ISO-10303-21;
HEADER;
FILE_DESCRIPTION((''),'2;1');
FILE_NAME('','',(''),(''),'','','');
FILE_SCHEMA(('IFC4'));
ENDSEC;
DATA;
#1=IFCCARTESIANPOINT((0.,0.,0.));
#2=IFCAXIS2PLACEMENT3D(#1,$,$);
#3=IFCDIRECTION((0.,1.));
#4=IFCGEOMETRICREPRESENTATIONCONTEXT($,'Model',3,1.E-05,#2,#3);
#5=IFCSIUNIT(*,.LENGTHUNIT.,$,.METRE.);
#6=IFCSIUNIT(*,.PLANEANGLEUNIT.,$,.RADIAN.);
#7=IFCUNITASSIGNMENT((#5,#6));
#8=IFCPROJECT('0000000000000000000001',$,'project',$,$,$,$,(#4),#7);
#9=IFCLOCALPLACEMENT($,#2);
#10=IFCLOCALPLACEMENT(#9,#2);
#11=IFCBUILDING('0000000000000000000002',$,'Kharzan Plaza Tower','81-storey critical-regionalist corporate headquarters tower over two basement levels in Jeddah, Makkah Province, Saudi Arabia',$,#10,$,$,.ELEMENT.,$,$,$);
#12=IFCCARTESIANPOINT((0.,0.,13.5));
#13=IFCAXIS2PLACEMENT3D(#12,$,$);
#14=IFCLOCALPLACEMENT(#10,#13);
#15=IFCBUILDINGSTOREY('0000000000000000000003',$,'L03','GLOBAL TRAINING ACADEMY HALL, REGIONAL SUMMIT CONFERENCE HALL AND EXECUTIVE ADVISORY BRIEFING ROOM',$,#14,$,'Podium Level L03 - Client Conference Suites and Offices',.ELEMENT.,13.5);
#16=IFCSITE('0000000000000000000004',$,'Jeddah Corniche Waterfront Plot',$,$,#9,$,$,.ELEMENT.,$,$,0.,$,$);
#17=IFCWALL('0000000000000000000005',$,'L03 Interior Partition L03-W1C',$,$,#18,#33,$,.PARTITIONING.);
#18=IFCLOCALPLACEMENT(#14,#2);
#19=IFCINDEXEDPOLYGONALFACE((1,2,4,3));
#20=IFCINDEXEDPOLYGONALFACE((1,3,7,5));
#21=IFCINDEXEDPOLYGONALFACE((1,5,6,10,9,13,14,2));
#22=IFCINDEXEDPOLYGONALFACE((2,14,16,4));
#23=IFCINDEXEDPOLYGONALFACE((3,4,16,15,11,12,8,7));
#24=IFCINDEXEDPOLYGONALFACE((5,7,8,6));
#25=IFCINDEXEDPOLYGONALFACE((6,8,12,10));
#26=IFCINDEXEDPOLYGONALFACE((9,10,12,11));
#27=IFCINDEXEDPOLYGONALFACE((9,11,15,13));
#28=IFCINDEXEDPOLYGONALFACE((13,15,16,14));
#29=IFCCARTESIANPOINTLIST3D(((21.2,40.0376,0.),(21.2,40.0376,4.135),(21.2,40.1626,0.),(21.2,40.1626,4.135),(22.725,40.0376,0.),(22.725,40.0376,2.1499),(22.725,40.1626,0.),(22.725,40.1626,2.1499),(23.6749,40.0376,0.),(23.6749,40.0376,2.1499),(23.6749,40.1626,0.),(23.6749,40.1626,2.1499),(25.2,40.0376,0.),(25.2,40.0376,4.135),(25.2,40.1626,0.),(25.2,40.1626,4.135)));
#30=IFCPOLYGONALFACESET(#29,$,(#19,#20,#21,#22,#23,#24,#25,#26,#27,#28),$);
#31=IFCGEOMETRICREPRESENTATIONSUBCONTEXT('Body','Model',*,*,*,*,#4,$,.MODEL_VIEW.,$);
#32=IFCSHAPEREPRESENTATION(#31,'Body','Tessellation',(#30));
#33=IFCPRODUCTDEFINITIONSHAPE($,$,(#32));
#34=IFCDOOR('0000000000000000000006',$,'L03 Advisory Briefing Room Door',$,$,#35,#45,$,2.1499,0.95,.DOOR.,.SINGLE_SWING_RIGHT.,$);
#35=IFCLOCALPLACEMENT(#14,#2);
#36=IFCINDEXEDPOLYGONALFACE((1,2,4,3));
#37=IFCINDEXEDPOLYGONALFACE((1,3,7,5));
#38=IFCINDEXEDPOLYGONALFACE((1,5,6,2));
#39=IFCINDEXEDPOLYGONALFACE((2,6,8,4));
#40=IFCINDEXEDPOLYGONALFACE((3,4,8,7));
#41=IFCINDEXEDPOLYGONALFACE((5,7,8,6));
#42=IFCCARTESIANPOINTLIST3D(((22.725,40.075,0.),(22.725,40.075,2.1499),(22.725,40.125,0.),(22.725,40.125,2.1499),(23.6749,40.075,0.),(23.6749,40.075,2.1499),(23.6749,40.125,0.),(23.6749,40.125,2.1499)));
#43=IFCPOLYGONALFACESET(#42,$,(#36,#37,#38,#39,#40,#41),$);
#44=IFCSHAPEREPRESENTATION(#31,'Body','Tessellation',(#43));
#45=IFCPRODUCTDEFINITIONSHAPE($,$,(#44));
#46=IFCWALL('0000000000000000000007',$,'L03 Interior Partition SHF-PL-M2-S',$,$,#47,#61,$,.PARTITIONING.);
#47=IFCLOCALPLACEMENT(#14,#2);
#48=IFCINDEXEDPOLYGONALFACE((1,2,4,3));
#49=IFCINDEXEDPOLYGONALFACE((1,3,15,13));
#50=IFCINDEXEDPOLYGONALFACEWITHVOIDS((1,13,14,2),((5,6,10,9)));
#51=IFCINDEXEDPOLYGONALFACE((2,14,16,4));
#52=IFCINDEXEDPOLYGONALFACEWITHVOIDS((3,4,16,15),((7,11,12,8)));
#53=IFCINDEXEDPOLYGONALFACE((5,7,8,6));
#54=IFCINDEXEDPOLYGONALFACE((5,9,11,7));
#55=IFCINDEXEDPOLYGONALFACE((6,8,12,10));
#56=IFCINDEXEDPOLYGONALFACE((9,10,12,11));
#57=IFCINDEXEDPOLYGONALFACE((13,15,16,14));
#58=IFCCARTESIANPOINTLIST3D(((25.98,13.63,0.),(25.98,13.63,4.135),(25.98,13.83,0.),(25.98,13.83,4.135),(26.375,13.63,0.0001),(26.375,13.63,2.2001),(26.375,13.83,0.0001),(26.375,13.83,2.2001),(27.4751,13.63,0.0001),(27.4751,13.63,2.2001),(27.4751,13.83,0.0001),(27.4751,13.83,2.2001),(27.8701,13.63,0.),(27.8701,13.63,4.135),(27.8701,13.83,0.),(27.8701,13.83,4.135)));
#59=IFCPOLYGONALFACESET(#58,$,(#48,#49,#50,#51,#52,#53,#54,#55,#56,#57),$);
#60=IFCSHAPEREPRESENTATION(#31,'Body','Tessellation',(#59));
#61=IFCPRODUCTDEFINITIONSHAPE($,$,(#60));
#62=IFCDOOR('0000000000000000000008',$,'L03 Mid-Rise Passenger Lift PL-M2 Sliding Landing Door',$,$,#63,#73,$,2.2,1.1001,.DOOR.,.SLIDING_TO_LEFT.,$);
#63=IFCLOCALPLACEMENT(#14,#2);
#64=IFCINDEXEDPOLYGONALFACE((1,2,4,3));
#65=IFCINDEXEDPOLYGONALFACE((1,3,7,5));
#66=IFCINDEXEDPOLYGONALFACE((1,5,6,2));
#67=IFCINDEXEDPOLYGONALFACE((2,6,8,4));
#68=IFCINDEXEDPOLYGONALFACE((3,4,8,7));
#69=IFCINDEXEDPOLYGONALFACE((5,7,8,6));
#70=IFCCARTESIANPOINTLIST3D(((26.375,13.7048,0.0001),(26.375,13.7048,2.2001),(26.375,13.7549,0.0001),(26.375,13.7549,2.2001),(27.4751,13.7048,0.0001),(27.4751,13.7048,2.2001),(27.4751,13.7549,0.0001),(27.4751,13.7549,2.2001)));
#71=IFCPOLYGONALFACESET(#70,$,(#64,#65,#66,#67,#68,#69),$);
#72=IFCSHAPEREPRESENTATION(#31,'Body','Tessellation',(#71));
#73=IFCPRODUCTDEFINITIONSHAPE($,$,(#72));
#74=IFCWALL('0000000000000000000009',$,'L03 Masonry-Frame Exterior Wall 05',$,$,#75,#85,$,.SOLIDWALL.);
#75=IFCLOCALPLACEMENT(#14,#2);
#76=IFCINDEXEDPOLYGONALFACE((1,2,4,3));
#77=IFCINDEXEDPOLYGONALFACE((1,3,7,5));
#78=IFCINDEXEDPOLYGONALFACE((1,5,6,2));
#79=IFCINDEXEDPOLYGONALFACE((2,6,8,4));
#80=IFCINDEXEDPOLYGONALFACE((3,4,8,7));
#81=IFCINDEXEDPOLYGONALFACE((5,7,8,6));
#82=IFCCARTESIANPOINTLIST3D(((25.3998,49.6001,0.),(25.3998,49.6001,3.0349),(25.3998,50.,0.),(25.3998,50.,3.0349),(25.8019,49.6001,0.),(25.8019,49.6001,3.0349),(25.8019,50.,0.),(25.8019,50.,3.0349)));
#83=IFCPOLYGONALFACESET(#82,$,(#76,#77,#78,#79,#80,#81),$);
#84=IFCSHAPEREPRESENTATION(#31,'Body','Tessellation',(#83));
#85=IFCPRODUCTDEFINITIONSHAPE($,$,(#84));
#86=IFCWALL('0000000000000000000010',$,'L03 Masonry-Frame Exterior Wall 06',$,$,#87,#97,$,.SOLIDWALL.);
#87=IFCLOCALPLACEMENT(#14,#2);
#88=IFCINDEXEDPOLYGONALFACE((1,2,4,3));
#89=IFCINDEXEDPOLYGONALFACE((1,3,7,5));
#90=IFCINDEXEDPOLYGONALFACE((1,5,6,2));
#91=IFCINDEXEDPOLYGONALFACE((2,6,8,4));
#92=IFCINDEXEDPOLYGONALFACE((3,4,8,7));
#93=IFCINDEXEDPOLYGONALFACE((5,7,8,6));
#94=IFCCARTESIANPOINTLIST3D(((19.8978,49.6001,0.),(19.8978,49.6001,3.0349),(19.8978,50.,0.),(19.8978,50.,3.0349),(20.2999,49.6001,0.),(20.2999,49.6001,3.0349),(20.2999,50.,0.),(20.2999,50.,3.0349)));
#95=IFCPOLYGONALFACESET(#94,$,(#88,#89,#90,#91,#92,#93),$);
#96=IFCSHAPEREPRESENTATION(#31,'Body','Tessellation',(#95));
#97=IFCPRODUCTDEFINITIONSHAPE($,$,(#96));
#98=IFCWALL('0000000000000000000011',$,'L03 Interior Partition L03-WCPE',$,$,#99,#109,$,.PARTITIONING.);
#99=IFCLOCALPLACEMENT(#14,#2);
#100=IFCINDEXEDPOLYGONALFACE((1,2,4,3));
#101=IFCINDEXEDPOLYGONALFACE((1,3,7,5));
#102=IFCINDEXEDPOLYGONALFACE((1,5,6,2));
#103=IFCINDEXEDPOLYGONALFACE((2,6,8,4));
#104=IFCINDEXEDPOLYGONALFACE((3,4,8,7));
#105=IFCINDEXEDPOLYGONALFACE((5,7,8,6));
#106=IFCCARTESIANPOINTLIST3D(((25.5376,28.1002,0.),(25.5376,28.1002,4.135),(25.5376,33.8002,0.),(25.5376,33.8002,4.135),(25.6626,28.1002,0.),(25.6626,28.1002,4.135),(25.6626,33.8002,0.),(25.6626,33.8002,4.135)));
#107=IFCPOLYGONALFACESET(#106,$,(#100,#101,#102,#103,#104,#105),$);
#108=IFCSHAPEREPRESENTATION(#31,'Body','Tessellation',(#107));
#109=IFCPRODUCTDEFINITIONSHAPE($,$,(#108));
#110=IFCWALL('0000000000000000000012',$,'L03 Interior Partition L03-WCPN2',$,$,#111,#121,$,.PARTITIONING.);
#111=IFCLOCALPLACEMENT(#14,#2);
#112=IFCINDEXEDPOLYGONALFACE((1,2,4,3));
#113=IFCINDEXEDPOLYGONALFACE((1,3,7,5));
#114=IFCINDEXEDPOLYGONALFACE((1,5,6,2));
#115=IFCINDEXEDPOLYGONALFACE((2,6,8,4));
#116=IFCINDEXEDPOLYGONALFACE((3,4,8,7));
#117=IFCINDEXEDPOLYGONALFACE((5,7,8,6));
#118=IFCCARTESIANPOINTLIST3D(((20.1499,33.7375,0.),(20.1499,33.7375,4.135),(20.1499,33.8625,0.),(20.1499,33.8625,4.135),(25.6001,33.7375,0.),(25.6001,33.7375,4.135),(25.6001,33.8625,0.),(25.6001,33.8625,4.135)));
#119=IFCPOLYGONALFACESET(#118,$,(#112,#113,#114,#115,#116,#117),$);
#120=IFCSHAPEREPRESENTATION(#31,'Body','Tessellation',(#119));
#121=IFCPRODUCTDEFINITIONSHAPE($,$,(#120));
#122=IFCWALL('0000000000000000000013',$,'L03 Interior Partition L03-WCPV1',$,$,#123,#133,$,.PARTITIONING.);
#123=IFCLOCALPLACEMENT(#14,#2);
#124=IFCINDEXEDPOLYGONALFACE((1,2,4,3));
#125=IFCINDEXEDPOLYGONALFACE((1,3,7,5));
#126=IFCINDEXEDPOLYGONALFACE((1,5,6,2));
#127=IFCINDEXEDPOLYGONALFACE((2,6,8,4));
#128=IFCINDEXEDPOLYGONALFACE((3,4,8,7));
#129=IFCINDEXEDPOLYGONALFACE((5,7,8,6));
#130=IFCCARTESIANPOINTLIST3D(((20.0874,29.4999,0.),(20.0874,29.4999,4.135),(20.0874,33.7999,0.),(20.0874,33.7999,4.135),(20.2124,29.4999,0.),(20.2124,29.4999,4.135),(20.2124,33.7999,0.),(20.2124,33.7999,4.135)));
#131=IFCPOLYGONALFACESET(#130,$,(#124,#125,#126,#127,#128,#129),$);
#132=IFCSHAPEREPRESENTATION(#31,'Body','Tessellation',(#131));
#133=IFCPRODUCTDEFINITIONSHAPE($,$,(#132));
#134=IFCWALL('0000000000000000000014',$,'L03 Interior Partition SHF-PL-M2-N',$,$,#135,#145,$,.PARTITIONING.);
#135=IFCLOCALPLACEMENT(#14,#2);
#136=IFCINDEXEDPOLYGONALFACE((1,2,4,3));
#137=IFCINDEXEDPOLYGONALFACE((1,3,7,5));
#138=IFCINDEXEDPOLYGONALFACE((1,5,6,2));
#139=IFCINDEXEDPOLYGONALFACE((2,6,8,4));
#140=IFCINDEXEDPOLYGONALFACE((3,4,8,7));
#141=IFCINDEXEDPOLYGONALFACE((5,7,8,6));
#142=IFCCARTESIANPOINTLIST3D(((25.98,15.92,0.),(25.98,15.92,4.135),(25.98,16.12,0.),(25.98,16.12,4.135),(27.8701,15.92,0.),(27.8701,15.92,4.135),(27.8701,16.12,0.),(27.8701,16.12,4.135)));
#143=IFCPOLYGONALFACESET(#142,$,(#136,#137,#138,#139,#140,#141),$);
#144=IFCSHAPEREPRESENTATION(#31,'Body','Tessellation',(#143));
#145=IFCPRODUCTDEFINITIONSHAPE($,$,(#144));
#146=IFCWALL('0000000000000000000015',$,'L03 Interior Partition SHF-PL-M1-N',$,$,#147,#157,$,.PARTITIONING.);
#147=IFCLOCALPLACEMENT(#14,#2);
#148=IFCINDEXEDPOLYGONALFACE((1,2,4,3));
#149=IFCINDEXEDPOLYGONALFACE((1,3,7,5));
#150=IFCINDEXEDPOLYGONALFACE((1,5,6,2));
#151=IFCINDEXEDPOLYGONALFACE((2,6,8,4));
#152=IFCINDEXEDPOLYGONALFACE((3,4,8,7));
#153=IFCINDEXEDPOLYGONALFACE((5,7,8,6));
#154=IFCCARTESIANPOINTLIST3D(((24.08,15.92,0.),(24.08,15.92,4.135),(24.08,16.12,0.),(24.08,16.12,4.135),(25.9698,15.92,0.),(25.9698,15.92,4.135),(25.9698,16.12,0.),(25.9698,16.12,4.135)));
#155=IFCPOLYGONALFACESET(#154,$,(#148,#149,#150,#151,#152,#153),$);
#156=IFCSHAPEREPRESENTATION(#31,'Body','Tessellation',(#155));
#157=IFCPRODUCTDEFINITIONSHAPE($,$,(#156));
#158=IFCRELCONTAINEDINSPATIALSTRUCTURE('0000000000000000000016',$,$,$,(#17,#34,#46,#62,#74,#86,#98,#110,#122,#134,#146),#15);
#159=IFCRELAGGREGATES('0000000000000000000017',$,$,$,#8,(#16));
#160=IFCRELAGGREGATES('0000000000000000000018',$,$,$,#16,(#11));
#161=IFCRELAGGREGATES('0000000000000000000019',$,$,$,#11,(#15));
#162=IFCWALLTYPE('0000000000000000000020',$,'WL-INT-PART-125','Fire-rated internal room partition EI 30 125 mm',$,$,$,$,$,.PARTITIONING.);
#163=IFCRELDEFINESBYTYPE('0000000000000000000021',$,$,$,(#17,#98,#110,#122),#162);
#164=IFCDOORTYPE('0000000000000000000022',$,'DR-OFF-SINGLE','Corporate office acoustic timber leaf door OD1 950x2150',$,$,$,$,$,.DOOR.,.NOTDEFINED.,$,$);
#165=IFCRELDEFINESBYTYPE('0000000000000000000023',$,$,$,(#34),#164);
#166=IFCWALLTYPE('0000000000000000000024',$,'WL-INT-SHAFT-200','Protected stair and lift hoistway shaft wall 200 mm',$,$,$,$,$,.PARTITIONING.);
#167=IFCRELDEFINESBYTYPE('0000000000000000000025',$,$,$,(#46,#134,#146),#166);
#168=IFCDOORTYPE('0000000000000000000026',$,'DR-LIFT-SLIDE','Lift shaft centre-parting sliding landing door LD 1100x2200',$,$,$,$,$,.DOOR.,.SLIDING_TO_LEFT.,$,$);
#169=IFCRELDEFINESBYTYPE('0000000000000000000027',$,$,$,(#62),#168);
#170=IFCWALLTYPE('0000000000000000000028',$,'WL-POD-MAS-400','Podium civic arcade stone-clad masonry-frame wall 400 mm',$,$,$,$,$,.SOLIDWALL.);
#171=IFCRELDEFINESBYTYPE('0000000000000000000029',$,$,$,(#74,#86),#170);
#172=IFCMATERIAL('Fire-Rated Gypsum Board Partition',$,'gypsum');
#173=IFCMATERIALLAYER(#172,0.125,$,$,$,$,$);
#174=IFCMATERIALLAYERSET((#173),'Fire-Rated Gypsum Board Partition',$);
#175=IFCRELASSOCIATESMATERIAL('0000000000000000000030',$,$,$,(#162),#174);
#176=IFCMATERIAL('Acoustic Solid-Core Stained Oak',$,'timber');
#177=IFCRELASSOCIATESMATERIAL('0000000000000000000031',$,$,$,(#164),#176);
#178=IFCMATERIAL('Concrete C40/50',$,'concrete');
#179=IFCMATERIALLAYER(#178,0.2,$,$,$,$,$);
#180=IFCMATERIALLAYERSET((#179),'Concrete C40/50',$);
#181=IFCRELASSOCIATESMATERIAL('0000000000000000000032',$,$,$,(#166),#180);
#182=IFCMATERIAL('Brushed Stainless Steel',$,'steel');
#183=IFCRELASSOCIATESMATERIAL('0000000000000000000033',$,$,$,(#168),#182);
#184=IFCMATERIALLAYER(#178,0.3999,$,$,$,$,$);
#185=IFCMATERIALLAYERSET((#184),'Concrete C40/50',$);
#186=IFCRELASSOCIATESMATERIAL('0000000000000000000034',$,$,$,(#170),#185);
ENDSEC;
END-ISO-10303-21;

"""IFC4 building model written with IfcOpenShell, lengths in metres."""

from ifc_helpers import new_model, si_unit, direction, frame, frame_2d, origin, place, context, subcontext, project, spatial, rectangle, extrude, source, transform, mapped, material, layer, layer_set, type_object, element, fill, save


model = new_model("IFC4")

# Units and contexts
model_context = context("Model", 3, precision=1e-05, world=origin(), true_north=direction((0.0, 1.0)))
body_context = subcontext(model_context, "Body", "Model", "MODEL_VIEW")
ifc_project = project(units=[si_unit("LENGTHUNIT", "METRE"), si_unit("PLANEANGLEUNIT", "RADIAN")], contexts=[model_context])

# Site, building, storey
site_placement = place(None, origin())
site = spatial("IfcSite", under=ifc_project, at=site_placement, Name="Jeddah Corniche Waterfront Plot", CompositionType="ELEMENT", RefElevation=0.0)
building_placement = place(site_placement, origin())
building = spatial("IfcBuilding", under=site, at=building_placement, Name="Kharzan Plaza Tower", Description="81-storey critical-regionalist corporate headquarters tower over two basement levels in Jeddah, Makkah Province, Saudi Arabia", CompositionType="ELEMENT")
storey_placement = place(building_placement, frame((0.0, 0.0, 13.5)))
storey = spatial("IfcBuildingStorey", under=building, at=storey_placement, Name="L03", Description="GLOBAL TRAINING ACADEMY HALL, REGIONAL SUMMIT CONFERENCE HALL AND EXECUTIVE ADVISORY BRIEFING ROOM", LongName="Podium Level L03 - Client Conference Suites and Offices", CompositionType="ELEMENT", Elevation=13.5)

# Walls, openings, doors
ifc_material_1 = material(Name="Fire-Rated Gypsum Board Partition", Category="gypsum")
ifc_layer_1 = layer(ifc_material_1, 0.125)
ifc_layer_set_1 = layer_set([ifc_layer_1], Name="Fire-Rated Gypsum Board Partition")
wall_type_1 = type_object("IfcWallType", Name="WL-INT-PART-125", Description="Fire-rated internal room partition EI 30 125 mm", PredefinedType="PARTITIONING", material=ifc_layer_set_1)
wall_1_placement = place(storey_placement, frame((21.2, 40.1001, 0.0), z_axis=(0.0, 0.0, 1.0), x_axis=(1.0, 0.0, 0.0)))
wall_1 = element("IfcWall", 1, at=wall_1_placement, inside=storey, type_object=wall_type_1, Name="L03 Interior Partition L03-W1C", PredefinedType="PARTITIONING", context=body_context, shape_type="SweptSolid", body=[
    extrude(rectangle(XDim=4.0, YDim=0.125, at=frame_2d((2.0, 0.0))), origin(), (0.0, 0.0, 1.0), 4.135),
])
opening_1_placement = place(wall_1_placement, frame((1.5249, 0.0, 0.0)))
opening_1 = element("IfcOpeningElement", 2, at=opening_1_placement, cuts=wall_1, PredefinedType="OPENING", context=body_context, shape_type="SweptSolid", body=[
    extrude(rectangle(XDim=0.95, YDim=2.1499, at=frame_2d((0.4751, 1.075))), frame((0.0, 0.0725, 0.0), z_axis=(0.0, -1.0, 0.0), x_axis=(1.0, 0.0, 0.0)), (0.0, 0.0, 1.0), 0.145),
])
ifc_material_2 = material(Name="Acoustic Solid-Core Stained Oak", Category="timber")
door_type_1 = type_object("IfcDoorType", Name="DR-OFF-SINGLE", Description="Corporate office acoustic timber leaf door OD1 950x2150", OperationType="NOTDEFINED", PredefinedType="DOOR", material=ifc_material_2)
shared_shape_1 = source(origin(), body_context, "Body", "SweptSolid", [
    extrude(rectangle(XDim=0.95, YDim=2.1499, at=frame_2d((0.4751, 1.075))), frame((0.0, 0.0249, 0.0), z_axis=(0.0, -1.0, 0.0), x_axis=(1.0, 0.0, 0.0)), (0.0, 0.0, 1.0), 0.05),
])
door_1_placement = place(opening_1_placement, origin())
door_1 = element("IfcDoor", 3, at=door_1_placement, inside=storey, type_object=door_type_1, Name="L03 Advisory Briefing Room Door", OperationType="SINGLE_SWING_RIGHT", OverallHeight=2.1499, OverallWidth=0.95, PredefinedType="DOOR", context=body_context, shape_type="MappedRepresentation", body=[
    mapped(shared_shape_1, transform((0.0, 0.0, 0.0), x_axis=(1.0, 0.0, 0.0), y_axis=(0.0, 1.0, 0.0), z_axis=(0.0, 0.0, 1.0))),
])
fill(opening_1, door_1)
ifc_material_3 = material(Name="Concrete C40/50", Category="concrete")
ifc_layer_2 = layer(ifc_material_3, 0.2)
ifc_layer_set_2 = layer_set([ifc_layer_2], Name="Concrete C40/50")
wall_type_2 = type_object("IfcWallType", Name="WL-INT-SHAFT-200", Description="Protected stair and lift hoistway shaft wall 200 mm", PredefinedType="PARTITIONING", material=ifc_layer_set_2)
wall_2_placement = place(storey_placement, frame((25.98, 13.73, 0.0), z_axis=(0.0, 0.0, 1.0), x_axis=(1.0, 0.0, 0.0)))
wall_2 = element("IfcWall", 4, at=wall_2_placement, inside=storey, type_object=wall_type_2, Name="L03 Interior Partition SHF-PL-M2-S", PredefinedType="PARTITIONING", context=body_context, shape_type="SweptSolid", body=[
    extrude(rectangle(XDim=1.8901, YDim=0.2, at=frame_2d((0.9451, 0.0))), origin(), (0.0, 0.0, 1.0), 4.135),
])
opening_2_placement = place(wall_2_placement, frame((0.395, 0.0, 0.0)))
opening_2 = element("IfcOpeningElement", 5, at=opening_2_placement, cuts=wall_2, PredefinedType="OPENING", context=body_context, shape_type="SweptSolid", body=[
    extrude(rectangle(XDim=1.1001, YDim=2.2, at=frame_2d((0.55, 1.1001))), frame((0.0, 0.1099, 0.0), z_axis=(0.0, -1.0, 0.0), x_axis=(1.0, 0.0, 0.0)), (0.0, 0.0, 1.0), 0.22),
])
ifc_material_4 = material(Name="Brushed Stainless Steel", Category="steel")
door_type_2 = type_object("IfcDoorType", Name="DR-LIFT-SLIDE", Description="Lift shaft centre-parting sliding landing door LD 1100x2200", OperationType="SLIDING_TO_LEFT", PredefinedType="DOOR", material=ifc_material_4)
shared_shape_2 = source(origin(), body_context, "Body", "SweptSolid", [
    extrude(rectangle(XDim=1.1001, YDim=2.2, at=frame_2d((0.55, 1.1001))), frame((0.0, 0.0249, 0.0), z_axis=(0.0, -1.0, 0.0), x_axis=(1.0, 0.0, 0.0)), (0.0, 0.0, 1.0), 0.05),
])
door_2_placement = place(opening_2_placement, origin())
door_2 = element("IfcDoor", 6, at=door_2_placement, inside=storey, type_object=door_type_2, Name="L03 Mid-Rise Passenger Lift PL-M2 Sliding Landing Door", OperationType="SLIDING_TO_LEFT", OverallHeight=2.2, OverallWidth=1.1001, PredefinedType="DOOR", context=body_context, shape_type="MappedRepresentation", body=[
    mapped(shared_shape_2, transform((0.0, 0.0, 0.0), x_axis=(1.0, 0.0, 0.0), y_axis=(0.0, 1.0, 0.0), z_axis=(0.0, 0.0, 1.0))),
])
fill(opening_2, door_2)

# Walls
ifc_layer_3 = layer(ifc_material_3, 0.3999)
ifc_layer_set_3 = layer_set([ifc_layer_3], Name="Concrete C40/50")
wall_type_3 = type_object("IfcWallType", Name="WL-POD-MAS-400", Description="Podium civic arcade stone-clad masonry-frame wall 400 mm", PredefinedType="SOLIDWALL", material=ifc_layer_set_3)
shared_shape_3 = source(origin(), body_context, "Body", "SweptSolid", [
    extrude(rectangle(XDim=0.4021, YDim=0.3999, at=frame_2d((0.2012, 0.0))), origin(), (0.0, 0.0, 1.0), 3.0349),
])
for number, where, z_axis, x_axis, name in (
    (7, (25.802, 49.8, 0.0), (0.0, 0.0, 1.0), (-1.0, 0.0, 0.0), "L03 Masonry-Frame Exterior Wall 05"),
    (8, (20.3, 49.8, 0.0), (0.0, 0.0, 1.0), (-1.0, 0.0, 0.0), "L03 Masonry-Frame Exterior Wall 06"),
):
    element("IfcWall", number, at=place(storey_placement, frame(where, z_axis=z_axis, x_axis=x_axis)), inside=storey, type_object=wall_type_3, Name=name, PredefinedType="SOLIDWALL", context=body_context, shape_type="MappedRepresentation", body=[
        mapped(shared_shape_3, transform((0.0, 0.0, 0.0), x_axis=(1.0, 0.0, 0.0), y_axis=(0.0, 1.0, 0.0), z_axis=(0.0, 0.0, 1.0))),
    ])
shared_shape_4 = source(origin(), body_context, "Body", "SweptSolid", [
    extrude(rectangle(XDim=5.7, YDim=0.125, at=frame_2d((2.8501, 0.0))), origin(), (0.0, 0.0, 1.0), 4.135),
])
wall_3_placement = place(storey_placement, frame((25.6001, 28.1001, 0.0), z_axis=(0.0, 0.0, 1.0), x_axis=(0.0, 1.0, 0.0)))
element("IfcWall", 9, at=wall_3_placement, inside=storey, type_object=wall_type_1, Name="L03 Interior Partition L03-WCPE", PredefinedType="PARTITIONING", context=body_context, shape_type="MappedRepresentation", body=[
    mapped(shared_shape_4, transform((0.0, 0.0, 0.0), x_axis=(1.0, 0.0, 0.0), y_axis=(0.0, 1.0, 0.0), z_axis=(0.0, 0.0, 1.0))),
])
shared_shape_5 = source(origin(), body_context, "Body", "SweptSolid", [
    extrude(rectangle(XDim=5.4502, YDim=0.125, at=frame_2d((2.7251, 0.0))), origin(), (0.0, 0.0, 1.0), 4.135),
])
wall_4_placement = place(storey_placement, frame((20.1499, 33.8, 0.0), z_axis=(0.0, 0.0, 1.0), x_axis=(1.0, 0.0, 0.0)))
element("IfcWall", 10, at=wall_4_placement, inside=storey, type_object=wall_type_1, Name="L03 Interior Partition L03-WCPN2", PredefinedType="PARTITIONING", context=body_context, shape_type="MappedRepresentation", body=[
    mapped(shared_shape_5, transform((0.0, 0.0, 0.0), x_axis=(1.0, 0.0, 0.0), y_axis=(0.0, 1.0, 0.0), z_axis=(0.0, 0.0, 1.0))),
])
shared_shape_6 = source(origin(), body_context, "Body", "SweptSolid", [
    extrude(rectangle(XDim=4.3, YDim=0.125, at=frame_2d((2.1499, 0.0))), origin(), (0.0, 0.0, 1.0), 4.135),
])
wall_5_placement = place(storey_placement, frame((20.1499, 29.5, 0.0), z_axis=(0.0, 0.0, 1.0), x_axis=(0.0, 1.0, 0.0)))
element("IfcWall", 11, at=wall_5_placement, inside=storey, type_object=wall_type_1, Name="L03 Interior Partition L03-WCPV1", PredefinedType="PARTITIONING", context=body_context, shape_type="MappedRepresentation", body=[
    mapped(shared_shape_6, transform((0.0, 0.0, 0.0), x_axis=(1.0, 0.0, 0.0), y_axis=(0.0, 1.0, 0.0), z_axis=(0.0, 0.0, 1.0))),
])
shared_shape_7 = source(origin(), body_context, "Body", "SweptSolid", [
    extrude(rectangle(XDim=1.8901, YDim=0.2, at=frame_2d((0.9451, 0.0))), origin(), (0.0, 0.0, 1.0), 4.135),
])
wall_6_placement = place(storey_placement, frame((25.98, 16.02, 0.0), z_axis=(0.0, 0.0, 1.0), x_axis=(1.0, 0.0, 0.0)))
element("IfcWall", 12, at=wall_6_placement, inside=storey, type_object=wall_type_2, Name="L03 Interior Partition SHF-PL-M2-N", PredefinedType="PARTITIONING", context=body_context, shape_type="MappedRepresentation", body=[
    mapped(shared_shape_7, transform((0.0, 0.0, 0.0), x_axis=(1.0, 0.0, 0.0), y_axis=(0.0, 1.0, 0.0), z_axis=(0.0, 0.0, 1.0))),
])
shared_shape_8 = source(origin(), body_context, "Body", "SweptSolid", [
    extrude(rectangle(XDim=1.8899, YDim=0.2, at=frame_2d((0.9448, 0.0))), origin(), (0.0, 0.0, 1.0), 4.135),
])
wall_7_placement = place(storey_placement, frame((24.0801, 16.02, 0.0), z_axis=(0.0, 0.0, 1.0), x_axis=(1.0, 0.0, 0.0)))
element("IfcWall", 13, at=wall_7_placement, inside=storey, type_object=wall_type_2, Name="L03 Interior Partition SHF-PL-M1-N", PredefinedType="PARTITIONING", context=body_context, shape_type="MappedRepresentation", body=[
    mapped(shared_shape_8, transform((0.0, 0.0, 0.0), x_axis=(1.0, 0.0, 0.0), y_axis=(0.0, 1.0, 0.0), z_axis=(0.0, 0.0, 1.0))),
])

save(model, "model.ifc")
